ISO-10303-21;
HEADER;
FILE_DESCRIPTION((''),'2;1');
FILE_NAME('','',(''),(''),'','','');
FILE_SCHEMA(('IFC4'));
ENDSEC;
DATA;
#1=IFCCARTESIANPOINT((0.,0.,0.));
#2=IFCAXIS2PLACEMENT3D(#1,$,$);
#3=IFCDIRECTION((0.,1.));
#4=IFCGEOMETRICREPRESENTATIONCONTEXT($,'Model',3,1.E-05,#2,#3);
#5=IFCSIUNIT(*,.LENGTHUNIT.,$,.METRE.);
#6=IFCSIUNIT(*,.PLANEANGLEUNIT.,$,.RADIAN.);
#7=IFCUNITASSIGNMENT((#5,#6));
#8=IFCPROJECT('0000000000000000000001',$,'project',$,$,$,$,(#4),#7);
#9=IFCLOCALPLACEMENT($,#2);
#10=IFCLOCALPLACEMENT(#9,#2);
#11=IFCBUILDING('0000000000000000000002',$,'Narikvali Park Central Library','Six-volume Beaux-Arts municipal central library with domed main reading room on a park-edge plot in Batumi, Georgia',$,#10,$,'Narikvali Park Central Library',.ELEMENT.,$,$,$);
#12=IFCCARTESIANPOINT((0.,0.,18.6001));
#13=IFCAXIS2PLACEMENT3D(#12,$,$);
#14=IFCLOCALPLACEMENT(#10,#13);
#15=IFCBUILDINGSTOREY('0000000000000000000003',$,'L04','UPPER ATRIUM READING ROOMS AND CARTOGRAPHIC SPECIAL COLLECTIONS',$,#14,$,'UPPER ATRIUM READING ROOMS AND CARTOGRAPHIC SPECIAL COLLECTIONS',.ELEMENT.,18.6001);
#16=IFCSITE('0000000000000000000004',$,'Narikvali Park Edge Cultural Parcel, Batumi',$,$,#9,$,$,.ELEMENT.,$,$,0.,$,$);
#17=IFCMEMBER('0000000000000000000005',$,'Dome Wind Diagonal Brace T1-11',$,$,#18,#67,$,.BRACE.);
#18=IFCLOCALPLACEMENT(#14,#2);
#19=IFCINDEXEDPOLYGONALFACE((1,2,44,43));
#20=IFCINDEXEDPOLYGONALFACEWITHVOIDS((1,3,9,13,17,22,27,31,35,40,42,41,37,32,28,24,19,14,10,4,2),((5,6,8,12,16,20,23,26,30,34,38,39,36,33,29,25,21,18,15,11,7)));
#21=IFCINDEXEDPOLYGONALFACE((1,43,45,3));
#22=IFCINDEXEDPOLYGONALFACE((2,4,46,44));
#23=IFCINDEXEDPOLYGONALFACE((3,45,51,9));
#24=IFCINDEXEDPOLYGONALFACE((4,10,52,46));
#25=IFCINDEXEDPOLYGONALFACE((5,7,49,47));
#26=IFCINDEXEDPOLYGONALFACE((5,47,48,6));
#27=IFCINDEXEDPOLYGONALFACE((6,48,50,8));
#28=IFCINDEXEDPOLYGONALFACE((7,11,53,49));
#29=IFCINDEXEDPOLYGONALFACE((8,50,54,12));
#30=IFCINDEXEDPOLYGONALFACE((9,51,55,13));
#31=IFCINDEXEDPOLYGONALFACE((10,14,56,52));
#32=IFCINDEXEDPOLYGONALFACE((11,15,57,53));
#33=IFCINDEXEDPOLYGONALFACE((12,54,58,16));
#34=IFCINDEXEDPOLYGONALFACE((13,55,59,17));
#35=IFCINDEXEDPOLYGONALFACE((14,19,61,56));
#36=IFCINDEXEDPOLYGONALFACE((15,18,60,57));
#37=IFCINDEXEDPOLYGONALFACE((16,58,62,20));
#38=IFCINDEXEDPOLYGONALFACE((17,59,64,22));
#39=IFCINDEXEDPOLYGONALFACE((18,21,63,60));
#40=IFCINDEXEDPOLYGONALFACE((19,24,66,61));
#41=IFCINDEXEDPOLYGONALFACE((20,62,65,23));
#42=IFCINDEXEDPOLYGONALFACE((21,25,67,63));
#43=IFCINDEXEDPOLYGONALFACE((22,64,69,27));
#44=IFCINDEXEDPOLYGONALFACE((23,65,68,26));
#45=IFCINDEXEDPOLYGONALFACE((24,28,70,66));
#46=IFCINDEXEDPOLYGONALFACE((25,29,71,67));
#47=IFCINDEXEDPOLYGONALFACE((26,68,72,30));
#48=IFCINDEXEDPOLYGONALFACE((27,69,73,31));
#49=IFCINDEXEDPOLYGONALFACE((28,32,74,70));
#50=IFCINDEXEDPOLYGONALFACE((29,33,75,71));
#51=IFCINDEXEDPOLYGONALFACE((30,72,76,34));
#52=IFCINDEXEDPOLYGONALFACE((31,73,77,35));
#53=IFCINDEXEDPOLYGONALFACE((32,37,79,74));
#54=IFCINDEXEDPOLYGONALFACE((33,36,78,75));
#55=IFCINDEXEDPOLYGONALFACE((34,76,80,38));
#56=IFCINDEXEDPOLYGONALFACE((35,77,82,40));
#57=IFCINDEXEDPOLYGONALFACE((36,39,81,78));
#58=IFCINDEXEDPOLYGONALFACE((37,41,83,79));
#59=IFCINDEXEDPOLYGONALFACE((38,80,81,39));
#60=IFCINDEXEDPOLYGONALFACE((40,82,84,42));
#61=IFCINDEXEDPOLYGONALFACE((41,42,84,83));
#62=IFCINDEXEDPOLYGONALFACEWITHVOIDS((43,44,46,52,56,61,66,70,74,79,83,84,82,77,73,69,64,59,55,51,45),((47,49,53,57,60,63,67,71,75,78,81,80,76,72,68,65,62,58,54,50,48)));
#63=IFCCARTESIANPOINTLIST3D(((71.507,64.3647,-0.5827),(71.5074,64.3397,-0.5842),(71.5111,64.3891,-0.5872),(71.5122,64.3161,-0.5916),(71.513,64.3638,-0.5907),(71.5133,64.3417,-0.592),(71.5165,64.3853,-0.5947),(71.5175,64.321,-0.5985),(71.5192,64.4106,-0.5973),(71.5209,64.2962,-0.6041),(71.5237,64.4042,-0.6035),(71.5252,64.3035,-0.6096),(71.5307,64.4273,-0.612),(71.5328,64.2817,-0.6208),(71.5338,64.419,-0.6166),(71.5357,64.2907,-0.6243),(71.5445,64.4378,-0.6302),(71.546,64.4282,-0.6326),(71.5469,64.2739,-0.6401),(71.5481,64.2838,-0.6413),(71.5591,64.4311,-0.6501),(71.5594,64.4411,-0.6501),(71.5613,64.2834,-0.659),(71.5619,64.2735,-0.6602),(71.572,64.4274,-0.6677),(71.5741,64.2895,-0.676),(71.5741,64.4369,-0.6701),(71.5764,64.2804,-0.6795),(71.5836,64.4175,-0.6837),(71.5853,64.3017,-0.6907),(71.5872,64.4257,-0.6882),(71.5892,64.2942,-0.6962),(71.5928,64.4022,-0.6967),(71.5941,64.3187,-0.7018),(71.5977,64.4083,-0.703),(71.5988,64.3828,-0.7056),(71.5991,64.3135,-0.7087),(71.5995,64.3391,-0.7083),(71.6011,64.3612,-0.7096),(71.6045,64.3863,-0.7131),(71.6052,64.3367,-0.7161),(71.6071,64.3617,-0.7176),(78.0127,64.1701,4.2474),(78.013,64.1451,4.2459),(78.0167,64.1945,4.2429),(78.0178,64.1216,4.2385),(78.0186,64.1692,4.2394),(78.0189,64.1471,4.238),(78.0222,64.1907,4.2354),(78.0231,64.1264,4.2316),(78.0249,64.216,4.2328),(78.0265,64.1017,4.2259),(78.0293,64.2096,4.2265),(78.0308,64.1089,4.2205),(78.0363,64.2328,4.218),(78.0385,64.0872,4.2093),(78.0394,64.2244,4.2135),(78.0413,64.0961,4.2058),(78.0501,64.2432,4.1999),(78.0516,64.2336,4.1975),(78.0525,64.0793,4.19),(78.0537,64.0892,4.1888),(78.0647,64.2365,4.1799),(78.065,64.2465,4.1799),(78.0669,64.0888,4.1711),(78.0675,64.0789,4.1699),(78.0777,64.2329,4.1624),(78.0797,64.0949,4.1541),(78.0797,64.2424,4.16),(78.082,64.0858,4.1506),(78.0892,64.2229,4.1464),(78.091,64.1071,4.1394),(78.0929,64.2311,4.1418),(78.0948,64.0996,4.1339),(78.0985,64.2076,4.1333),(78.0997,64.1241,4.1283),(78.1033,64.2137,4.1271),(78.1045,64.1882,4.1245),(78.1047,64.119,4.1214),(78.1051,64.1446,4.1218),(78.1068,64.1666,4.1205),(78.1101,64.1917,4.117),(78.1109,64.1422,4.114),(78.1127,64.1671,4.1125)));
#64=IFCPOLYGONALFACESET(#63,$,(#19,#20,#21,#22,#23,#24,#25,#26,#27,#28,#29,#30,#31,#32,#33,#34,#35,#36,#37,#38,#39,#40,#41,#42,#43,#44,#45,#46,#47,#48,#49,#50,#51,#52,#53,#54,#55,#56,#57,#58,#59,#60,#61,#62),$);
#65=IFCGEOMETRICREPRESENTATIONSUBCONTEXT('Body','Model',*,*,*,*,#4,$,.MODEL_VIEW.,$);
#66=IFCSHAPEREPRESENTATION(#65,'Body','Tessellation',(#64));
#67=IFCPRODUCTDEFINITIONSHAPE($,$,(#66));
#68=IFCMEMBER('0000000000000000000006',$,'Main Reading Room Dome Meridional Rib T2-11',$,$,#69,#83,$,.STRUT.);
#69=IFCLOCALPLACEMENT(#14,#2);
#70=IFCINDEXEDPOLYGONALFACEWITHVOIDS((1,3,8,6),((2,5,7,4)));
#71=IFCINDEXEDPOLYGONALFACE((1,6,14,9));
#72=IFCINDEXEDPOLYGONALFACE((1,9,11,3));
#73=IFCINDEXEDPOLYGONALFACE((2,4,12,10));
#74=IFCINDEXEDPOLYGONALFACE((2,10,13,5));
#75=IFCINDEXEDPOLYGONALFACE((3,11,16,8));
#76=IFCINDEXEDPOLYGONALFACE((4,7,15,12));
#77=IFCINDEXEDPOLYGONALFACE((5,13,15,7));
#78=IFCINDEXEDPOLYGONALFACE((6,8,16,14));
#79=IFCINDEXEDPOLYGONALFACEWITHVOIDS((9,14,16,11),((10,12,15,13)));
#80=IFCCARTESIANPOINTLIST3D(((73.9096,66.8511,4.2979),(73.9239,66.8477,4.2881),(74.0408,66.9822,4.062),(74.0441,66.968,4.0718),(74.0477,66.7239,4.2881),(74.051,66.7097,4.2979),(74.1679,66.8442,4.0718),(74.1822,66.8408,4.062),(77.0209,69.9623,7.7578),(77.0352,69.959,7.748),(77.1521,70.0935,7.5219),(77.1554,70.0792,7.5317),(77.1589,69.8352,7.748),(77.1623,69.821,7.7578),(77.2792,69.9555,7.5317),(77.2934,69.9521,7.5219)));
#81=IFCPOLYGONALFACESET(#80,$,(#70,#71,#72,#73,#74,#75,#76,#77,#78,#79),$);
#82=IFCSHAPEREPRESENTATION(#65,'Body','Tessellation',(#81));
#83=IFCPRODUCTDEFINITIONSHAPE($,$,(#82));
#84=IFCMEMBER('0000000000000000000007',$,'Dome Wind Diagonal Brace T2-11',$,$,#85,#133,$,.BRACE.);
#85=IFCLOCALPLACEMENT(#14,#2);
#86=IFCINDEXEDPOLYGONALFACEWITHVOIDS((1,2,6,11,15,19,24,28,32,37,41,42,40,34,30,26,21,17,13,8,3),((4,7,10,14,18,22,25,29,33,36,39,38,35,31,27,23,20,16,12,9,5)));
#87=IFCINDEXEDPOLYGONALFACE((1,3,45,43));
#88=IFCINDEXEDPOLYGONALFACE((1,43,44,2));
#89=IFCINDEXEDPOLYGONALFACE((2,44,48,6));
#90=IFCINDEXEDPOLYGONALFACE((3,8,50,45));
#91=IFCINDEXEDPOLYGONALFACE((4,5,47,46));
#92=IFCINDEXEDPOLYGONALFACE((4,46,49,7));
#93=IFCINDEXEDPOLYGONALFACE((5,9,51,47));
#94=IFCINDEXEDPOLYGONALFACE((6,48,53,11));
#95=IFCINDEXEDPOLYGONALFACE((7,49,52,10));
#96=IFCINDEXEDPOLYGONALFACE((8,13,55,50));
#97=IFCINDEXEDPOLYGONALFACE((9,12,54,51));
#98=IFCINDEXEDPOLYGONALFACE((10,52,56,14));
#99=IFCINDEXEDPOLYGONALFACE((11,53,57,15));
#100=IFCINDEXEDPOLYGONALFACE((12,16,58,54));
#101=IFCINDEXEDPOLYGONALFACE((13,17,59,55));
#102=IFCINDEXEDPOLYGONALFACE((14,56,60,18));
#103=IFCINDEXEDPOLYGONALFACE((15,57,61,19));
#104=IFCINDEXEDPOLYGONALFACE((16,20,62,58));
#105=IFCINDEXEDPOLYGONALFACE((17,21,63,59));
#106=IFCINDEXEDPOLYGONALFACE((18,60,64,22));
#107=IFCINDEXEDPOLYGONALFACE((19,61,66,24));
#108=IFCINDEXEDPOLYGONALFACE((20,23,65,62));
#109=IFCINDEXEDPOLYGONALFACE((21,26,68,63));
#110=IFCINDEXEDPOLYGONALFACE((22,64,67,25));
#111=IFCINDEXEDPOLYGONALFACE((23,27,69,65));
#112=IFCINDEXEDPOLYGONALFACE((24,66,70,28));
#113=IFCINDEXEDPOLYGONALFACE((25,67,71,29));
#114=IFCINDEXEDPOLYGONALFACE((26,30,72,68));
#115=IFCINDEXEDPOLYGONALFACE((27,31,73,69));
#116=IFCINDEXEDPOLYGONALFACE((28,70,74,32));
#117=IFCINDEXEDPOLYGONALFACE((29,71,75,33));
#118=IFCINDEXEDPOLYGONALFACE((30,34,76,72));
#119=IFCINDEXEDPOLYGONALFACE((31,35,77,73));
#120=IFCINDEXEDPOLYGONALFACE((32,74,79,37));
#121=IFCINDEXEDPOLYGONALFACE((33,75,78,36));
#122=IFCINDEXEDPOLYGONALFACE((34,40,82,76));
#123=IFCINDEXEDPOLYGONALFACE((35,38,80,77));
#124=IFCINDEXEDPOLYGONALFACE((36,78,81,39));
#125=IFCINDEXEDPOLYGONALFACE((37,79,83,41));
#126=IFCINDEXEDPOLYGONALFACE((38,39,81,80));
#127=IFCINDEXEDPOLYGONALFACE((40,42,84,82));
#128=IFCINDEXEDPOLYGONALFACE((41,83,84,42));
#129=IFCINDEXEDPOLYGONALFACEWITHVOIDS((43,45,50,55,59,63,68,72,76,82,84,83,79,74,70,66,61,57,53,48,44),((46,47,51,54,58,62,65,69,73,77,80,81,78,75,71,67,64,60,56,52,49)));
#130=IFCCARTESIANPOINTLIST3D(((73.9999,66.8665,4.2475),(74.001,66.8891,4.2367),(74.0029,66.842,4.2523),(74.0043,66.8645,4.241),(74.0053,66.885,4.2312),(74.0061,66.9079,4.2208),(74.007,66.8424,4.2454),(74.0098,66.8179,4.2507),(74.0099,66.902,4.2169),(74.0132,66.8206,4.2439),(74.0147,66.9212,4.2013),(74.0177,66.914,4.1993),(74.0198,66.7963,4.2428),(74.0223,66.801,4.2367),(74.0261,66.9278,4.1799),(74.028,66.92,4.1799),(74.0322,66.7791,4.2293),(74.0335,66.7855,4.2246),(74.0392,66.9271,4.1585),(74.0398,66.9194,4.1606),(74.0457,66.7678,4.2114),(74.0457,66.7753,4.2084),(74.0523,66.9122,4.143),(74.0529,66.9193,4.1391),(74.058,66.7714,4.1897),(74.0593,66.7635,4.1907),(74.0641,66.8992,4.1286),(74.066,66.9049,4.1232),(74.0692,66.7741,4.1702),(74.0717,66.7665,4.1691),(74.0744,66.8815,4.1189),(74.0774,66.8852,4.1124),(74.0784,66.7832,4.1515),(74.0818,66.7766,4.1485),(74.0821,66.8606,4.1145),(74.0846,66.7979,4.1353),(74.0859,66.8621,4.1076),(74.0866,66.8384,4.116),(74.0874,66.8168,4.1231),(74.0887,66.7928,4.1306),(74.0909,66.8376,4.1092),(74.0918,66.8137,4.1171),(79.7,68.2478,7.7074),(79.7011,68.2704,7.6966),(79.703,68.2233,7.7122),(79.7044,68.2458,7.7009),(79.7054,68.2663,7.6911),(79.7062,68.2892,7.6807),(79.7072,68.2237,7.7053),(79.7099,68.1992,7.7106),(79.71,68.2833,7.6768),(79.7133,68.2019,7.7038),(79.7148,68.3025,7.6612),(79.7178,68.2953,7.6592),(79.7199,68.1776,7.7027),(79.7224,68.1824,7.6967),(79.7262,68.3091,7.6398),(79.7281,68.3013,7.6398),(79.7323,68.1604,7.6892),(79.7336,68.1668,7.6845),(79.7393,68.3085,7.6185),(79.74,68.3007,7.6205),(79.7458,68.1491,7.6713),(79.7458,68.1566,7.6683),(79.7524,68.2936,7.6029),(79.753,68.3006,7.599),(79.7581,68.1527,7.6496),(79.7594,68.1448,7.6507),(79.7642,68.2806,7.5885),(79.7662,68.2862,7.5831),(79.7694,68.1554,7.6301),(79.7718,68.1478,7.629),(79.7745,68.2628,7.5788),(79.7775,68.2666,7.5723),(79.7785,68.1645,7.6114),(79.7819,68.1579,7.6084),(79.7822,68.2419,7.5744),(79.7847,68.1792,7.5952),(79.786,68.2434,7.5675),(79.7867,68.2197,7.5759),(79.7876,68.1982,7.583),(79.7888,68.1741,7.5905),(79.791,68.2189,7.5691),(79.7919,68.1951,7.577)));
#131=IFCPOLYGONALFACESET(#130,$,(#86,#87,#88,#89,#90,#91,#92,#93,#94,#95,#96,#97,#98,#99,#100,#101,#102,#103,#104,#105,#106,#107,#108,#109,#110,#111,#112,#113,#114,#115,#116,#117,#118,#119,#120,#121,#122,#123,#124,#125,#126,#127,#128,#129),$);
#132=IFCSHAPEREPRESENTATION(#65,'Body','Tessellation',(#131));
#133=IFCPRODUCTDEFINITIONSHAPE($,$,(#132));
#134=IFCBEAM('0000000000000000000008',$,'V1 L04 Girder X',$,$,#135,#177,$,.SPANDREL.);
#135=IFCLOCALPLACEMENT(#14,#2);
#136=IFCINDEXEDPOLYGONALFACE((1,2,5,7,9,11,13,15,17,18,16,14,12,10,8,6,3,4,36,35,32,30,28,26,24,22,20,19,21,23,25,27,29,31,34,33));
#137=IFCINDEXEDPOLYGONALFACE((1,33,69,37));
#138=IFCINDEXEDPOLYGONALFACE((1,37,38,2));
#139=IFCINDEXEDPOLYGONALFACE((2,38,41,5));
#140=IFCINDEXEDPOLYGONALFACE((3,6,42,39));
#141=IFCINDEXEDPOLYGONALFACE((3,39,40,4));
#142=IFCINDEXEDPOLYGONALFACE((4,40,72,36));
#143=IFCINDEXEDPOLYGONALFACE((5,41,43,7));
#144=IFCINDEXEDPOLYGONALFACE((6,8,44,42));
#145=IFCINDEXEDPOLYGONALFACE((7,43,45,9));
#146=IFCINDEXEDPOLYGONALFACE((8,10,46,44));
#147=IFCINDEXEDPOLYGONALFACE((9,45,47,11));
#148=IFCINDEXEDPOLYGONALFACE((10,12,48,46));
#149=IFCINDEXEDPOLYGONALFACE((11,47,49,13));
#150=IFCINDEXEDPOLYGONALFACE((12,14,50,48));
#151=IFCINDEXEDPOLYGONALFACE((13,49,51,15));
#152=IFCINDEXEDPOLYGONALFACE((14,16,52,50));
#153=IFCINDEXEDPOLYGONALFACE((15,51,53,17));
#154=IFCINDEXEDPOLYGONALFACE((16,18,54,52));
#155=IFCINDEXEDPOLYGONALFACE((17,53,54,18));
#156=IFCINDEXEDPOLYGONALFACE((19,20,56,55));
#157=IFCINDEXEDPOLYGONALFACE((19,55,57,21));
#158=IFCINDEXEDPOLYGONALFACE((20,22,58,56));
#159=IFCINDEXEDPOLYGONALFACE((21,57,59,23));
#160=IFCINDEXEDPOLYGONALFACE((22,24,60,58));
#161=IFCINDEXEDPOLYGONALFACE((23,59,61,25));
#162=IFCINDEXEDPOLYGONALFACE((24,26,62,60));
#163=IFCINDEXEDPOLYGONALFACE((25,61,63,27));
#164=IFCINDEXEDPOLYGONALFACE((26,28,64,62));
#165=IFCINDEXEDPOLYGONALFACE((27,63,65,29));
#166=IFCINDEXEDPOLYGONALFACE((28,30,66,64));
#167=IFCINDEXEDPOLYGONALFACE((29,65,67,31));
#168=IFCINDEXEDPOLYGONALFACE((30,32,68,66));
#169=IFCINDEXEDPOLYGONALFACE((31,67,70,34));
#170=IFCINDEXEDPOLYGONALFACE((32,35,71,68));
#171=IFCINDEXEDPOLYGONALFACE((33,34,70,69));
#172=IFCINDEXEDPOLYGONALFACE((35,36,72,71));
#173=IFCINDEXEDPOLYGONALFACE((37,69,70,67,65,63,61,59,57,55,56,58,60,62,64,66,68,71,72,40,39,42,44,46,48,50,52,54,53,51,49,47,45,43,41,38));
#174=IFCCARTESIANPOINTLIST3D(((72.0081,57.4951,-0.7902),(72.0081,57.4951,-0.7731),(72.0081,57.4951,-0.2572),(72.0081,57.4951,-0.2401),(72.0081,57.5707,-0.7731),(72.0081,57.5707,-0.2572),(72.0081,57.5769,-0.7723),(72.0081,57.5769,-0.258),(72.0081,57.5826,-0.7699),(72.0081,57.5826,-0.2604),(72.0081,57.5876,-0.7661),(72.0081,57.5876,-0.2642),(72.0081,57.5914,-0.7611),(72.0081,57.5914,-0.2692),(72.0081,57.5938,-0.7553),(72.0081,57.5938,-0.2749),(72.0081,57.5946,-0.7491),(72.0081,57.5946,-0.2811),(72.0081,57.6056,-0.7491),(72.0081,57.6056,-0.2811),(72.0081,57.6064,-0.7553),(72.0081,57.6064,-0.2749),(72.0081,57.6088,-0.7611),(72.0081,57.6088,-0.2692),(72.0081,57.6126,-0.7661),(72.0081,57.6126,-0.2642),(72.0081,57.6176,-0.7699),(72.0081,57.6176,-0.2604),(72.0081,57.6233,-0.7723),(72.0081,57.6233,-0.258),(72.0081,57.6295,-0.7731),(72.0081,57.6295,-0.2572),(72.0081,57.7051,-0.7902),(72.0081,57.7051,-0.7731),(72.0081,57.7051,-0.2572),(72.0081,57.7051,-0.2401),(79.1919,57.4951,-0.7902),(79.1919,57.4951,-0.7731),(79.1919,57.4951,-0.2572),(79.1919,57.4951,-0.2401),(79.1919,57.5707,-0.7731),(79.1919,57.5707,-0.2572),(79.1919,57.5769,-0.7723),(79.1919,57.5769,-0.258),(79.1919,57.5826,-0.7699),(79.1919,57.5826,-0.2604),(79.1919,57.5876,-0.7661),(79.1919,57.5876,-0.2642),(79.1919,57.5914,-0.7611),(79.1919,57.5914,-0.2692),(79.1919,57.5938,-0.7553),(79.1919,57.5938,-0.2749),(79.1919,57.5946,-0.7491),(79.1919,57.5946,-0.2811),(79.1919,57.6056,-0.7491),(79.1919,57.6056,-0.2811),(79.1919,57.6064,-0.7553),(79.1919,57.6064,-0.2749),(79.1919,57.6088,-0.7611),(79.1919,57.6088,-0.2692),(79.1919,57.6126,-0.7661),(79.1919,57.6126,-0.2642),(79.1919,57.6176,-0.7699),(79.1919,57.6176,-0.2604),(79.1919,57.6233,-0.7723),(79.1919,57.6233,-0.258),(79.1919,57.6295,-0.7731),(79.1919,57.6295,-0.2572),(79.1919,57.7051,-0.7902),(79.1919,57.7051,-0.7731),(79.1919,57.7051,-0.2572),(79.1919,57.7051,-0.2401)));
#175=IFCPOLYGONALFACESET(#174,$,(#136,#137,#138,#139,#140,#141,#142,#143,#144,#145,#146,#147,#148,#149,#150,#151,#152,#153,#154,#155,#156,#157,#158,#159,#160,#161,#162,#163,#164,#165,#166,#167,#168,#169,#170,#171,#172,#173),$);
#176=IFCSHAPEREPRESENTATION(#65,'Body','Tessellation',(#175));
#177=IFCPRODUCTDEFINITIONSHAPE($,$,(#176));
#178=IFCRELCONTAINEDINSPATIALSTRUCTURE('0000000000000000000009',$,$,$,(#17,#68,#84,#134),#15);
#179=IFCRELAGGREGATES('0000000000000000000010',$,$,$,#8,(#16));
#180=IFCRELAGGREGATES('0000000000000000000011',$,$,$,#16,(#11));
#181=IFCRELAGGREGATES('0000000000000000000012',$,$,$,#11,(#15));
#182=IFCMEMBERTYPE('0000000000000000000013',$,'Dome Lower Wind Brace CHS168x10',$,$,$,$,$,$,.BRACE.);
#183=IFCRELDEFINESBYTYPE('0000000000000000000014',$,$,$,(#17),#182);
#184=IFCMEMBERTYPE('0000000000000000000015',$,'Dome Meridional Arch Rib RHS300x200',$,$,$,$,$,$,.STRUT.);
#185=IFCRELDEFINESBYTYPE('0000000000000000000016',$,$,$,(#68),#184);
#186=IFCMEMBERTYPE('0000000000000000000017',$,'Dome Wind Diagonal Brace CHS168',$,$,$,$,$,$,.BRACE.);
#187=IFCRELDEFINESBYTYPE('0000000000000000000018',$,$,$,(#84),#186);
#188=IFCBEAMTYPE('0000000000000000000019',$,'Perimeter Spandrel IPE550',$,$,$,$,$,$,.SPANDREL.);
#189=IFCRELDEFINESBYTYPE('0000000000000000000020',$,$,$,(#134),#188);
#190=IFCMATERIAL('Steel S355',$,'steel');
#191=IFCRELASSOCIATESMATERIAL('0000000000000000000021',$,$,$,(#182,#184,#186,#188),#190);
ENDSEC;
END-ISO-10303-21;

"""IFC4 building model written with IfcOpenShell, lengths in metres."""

from ifc_helpers import new_model, si_unit, direction, frame, origin, origin_2d, place, context, subcontext, project, spatial, hollow_rectangle, hollow_circle, i_section, extrude, material, material_profile, profile_set, type_object, element, save


model = new_model("IFC4")

# Units and contexts
model_context = context("Model", 3, precision=1e-05, world=origin(), true_north=direction((0.0, 1.0)))
body_context = subcontext(model_context, "Body", "Model", "MODEL_VIEW")
ifc_project = project(units=[si_unit("LENGTHUNIT", "METRE"), si_unit("PLANEANGLEUNIT", "RADIAN")], contexts=[model_context])

# Site, building, storey
site_placement = place(None, origin())
site = spatial("IfcSite", under=ifc_project, at=site_placement, Name="Narikvali Park Edge Cultural Parcel, Batumi", CompositionType="ELEMENT", RefElevation=0.0)
building_placement = place(site_placement, origin())
building = spatial("IfcBuilding", under=site, at=building_placement, Name="Narikvali Park Central Library", Description="Six-volume Beaux-Arts municipal central library with domed main reading room on a park-edge plot in Batumi, Georgia", LongName="Narikvali Park Central Library", CompositionType="ELEMENT")
storey_placement = place(building_placement, frame((0.0, 0.0, 18.6001)))
storey = spatial("IfcBuildingStorey", under=building, at=storey_placement, Name="L04", Description="UPPER ATRIUM READING ROOMS AND CARTOGRAPHIC SPECIAL COLLECTIONS", LongName="UPPER ATRIUM READING ROOMS AND CARTOGRAPHIC SPECIAL COLLECTIONS", CompositionType="ELEMENT", Elevation=18.6001)

# Shared definitions
ifc_material_1 = material(Name="Steel S355", Category="steel")

# Members
ifc_material_profile_1 = material_profile(ifc_material_1, hollow_circle(Radius=0.0842, WallThickness=0.01, at=origin_2d()), Name="CHS 168.3x10")
ifc_profile_set_1 = profile_set([ifc_material_profile_1], Name="Steel S355")
member_type_1 = type_object("IfcMemberType", Name="Dome Lower Wind Brace CHS168x10", PredefinedType="BRACE", material=ifc_profile_set_1)
member_1_placement = place(storey_placement, frame((71.5569, 64.3569, -0.6501), z_axis=(0.80267, -0.024008, 0.59594), x_axis=(0.029896, 0.999553, 0.0)))
element("IfcMember", 1, at=member_1_placement, inside=storey, type_object=member_type_1, Name="Dome Wind Diagonal Brace T1-11", PredefinedType="BRACE", context=body_context, shape_type="SweptSolid", body=[
    extrude(hollow_circle(Radius=0.0842, WallThickness=0.01, at=origin_2d()), origin(), (0.0, 0.0, 1.0), 8.105),
])
ifc_material_profile_2 = material_profile(ifc_material_1, hollow_rectangle(XDim=0.2, YDim=0.3, WallThickness=0.0125, at=origin_2d()), Name="RHS 300x200x12.5")
ifc_profile_set_2 = profile_set([ifc_material_profile_2], Name="Steel S355")
member_type_2 = type_object("IfcMemberType", Name="Dome Meridional Arch Rib RHS300x200", PredefinedType="STRUT", material=ifc_profile_set_2)
member_2_placement = place(storey_placement, frame((74.0459, 66.8459, 4.1799), z_axis=(0.555842, 0.555842, 0.618126), x_axis=(-0.707107, 0.707107, 0.0)))
element("IfcMember", 2, at=member_2_placement, inside=storey, type_object=member_type_2, Name="Main Reading Room Dome Meridional Rib T2-11", PredefinedType="STRUT", context=body_context, shape_type="SweptSolid", body=[
    extrude(hollow_rectangle(XDim=0.2, YDim=0.3, WallThickness=0.0125, at=origin_2d()), origin(), (0.0, 0.0, 1.0), 5.5974),
])
ifc_material_profile_3 = material_profile(ifc_material_1, hollow_circle(Radius=0.0842, WallThickness=0.0081, at=origin_2d()), Name="CHS 168.3x8")
ifc_profile_set_3 = profile_set([ifc_material_profile_3], Name="Steel S355")
member_type_3 = type_object("IfcMemberType", Name="Dome Wind Diagonal Brace CHS168", PredefinedType="BRACE", material=ifc_profile_set_3)
member_3_placement = place(storey_placement, frame((74.0459, 66.8459, 4.1799), z_axis=(0.837073, 0.202851, 0.508095), x_axis=(-0.235517, 0.97187, 0.0)))
element("IfcMember", 3, at=member_3_placement, inside=storey, type_object=member_type_3, Name="Dome Wind Diagonal Brace T2-11", PredefinedType="BRACE", context=body_context, shape_type="SweptSolid", body=[
    extrude(hollow_circle(Radius=0.0842, WallThickness=0.0081, at=origin_2d()), origin(), (0.0, 0.0, 1.0), 6.8096),
])

# Beam
ifc_material_profile_4 = material_profile(ifc_material_1, i_section(OverallWidth=0.21, OverallDepth=0.55, WebThickness=0.011, FlangeThickness=0.0171, FilletRadius=0.0239, at=origin_2d()), Name="IPE 550")
ifc_profile_set_4 = profile_set([ifc_material_profile_4], Name="Steel S355")
beam_type_1 = type_object("IfcBeamType", Name="Perimeter Spandrel IPE550", PredefinedType="SPANDREL", material=ifc_profile_set_4)
beam_1_placement = place(storey_placement, frame((72.0081, 57.6001, -0.5151), z_axis=(1.0, 0.0, 0.0), x_axis=(0.0, 1.0, 0.0)))
element("IfcBeam", 4, at=beam_1_placement, inside=storey, type_object=beam_type_1, Name="V1 L04 Girder X", PredefinedType="SPANDREL", context=body_context, shape_type="SweptSolid", body=[
    extrude(i_section(OverallWidth=0.21, OverallDepth=0.55, WebThickness=0.011, FlangeThickness=0.0171, FilletRadius=0.0239, at=origin_2d()), origin(), (0.0, 0.0, 1.0), 7.1838),
])

save(model, "model.ifc")
